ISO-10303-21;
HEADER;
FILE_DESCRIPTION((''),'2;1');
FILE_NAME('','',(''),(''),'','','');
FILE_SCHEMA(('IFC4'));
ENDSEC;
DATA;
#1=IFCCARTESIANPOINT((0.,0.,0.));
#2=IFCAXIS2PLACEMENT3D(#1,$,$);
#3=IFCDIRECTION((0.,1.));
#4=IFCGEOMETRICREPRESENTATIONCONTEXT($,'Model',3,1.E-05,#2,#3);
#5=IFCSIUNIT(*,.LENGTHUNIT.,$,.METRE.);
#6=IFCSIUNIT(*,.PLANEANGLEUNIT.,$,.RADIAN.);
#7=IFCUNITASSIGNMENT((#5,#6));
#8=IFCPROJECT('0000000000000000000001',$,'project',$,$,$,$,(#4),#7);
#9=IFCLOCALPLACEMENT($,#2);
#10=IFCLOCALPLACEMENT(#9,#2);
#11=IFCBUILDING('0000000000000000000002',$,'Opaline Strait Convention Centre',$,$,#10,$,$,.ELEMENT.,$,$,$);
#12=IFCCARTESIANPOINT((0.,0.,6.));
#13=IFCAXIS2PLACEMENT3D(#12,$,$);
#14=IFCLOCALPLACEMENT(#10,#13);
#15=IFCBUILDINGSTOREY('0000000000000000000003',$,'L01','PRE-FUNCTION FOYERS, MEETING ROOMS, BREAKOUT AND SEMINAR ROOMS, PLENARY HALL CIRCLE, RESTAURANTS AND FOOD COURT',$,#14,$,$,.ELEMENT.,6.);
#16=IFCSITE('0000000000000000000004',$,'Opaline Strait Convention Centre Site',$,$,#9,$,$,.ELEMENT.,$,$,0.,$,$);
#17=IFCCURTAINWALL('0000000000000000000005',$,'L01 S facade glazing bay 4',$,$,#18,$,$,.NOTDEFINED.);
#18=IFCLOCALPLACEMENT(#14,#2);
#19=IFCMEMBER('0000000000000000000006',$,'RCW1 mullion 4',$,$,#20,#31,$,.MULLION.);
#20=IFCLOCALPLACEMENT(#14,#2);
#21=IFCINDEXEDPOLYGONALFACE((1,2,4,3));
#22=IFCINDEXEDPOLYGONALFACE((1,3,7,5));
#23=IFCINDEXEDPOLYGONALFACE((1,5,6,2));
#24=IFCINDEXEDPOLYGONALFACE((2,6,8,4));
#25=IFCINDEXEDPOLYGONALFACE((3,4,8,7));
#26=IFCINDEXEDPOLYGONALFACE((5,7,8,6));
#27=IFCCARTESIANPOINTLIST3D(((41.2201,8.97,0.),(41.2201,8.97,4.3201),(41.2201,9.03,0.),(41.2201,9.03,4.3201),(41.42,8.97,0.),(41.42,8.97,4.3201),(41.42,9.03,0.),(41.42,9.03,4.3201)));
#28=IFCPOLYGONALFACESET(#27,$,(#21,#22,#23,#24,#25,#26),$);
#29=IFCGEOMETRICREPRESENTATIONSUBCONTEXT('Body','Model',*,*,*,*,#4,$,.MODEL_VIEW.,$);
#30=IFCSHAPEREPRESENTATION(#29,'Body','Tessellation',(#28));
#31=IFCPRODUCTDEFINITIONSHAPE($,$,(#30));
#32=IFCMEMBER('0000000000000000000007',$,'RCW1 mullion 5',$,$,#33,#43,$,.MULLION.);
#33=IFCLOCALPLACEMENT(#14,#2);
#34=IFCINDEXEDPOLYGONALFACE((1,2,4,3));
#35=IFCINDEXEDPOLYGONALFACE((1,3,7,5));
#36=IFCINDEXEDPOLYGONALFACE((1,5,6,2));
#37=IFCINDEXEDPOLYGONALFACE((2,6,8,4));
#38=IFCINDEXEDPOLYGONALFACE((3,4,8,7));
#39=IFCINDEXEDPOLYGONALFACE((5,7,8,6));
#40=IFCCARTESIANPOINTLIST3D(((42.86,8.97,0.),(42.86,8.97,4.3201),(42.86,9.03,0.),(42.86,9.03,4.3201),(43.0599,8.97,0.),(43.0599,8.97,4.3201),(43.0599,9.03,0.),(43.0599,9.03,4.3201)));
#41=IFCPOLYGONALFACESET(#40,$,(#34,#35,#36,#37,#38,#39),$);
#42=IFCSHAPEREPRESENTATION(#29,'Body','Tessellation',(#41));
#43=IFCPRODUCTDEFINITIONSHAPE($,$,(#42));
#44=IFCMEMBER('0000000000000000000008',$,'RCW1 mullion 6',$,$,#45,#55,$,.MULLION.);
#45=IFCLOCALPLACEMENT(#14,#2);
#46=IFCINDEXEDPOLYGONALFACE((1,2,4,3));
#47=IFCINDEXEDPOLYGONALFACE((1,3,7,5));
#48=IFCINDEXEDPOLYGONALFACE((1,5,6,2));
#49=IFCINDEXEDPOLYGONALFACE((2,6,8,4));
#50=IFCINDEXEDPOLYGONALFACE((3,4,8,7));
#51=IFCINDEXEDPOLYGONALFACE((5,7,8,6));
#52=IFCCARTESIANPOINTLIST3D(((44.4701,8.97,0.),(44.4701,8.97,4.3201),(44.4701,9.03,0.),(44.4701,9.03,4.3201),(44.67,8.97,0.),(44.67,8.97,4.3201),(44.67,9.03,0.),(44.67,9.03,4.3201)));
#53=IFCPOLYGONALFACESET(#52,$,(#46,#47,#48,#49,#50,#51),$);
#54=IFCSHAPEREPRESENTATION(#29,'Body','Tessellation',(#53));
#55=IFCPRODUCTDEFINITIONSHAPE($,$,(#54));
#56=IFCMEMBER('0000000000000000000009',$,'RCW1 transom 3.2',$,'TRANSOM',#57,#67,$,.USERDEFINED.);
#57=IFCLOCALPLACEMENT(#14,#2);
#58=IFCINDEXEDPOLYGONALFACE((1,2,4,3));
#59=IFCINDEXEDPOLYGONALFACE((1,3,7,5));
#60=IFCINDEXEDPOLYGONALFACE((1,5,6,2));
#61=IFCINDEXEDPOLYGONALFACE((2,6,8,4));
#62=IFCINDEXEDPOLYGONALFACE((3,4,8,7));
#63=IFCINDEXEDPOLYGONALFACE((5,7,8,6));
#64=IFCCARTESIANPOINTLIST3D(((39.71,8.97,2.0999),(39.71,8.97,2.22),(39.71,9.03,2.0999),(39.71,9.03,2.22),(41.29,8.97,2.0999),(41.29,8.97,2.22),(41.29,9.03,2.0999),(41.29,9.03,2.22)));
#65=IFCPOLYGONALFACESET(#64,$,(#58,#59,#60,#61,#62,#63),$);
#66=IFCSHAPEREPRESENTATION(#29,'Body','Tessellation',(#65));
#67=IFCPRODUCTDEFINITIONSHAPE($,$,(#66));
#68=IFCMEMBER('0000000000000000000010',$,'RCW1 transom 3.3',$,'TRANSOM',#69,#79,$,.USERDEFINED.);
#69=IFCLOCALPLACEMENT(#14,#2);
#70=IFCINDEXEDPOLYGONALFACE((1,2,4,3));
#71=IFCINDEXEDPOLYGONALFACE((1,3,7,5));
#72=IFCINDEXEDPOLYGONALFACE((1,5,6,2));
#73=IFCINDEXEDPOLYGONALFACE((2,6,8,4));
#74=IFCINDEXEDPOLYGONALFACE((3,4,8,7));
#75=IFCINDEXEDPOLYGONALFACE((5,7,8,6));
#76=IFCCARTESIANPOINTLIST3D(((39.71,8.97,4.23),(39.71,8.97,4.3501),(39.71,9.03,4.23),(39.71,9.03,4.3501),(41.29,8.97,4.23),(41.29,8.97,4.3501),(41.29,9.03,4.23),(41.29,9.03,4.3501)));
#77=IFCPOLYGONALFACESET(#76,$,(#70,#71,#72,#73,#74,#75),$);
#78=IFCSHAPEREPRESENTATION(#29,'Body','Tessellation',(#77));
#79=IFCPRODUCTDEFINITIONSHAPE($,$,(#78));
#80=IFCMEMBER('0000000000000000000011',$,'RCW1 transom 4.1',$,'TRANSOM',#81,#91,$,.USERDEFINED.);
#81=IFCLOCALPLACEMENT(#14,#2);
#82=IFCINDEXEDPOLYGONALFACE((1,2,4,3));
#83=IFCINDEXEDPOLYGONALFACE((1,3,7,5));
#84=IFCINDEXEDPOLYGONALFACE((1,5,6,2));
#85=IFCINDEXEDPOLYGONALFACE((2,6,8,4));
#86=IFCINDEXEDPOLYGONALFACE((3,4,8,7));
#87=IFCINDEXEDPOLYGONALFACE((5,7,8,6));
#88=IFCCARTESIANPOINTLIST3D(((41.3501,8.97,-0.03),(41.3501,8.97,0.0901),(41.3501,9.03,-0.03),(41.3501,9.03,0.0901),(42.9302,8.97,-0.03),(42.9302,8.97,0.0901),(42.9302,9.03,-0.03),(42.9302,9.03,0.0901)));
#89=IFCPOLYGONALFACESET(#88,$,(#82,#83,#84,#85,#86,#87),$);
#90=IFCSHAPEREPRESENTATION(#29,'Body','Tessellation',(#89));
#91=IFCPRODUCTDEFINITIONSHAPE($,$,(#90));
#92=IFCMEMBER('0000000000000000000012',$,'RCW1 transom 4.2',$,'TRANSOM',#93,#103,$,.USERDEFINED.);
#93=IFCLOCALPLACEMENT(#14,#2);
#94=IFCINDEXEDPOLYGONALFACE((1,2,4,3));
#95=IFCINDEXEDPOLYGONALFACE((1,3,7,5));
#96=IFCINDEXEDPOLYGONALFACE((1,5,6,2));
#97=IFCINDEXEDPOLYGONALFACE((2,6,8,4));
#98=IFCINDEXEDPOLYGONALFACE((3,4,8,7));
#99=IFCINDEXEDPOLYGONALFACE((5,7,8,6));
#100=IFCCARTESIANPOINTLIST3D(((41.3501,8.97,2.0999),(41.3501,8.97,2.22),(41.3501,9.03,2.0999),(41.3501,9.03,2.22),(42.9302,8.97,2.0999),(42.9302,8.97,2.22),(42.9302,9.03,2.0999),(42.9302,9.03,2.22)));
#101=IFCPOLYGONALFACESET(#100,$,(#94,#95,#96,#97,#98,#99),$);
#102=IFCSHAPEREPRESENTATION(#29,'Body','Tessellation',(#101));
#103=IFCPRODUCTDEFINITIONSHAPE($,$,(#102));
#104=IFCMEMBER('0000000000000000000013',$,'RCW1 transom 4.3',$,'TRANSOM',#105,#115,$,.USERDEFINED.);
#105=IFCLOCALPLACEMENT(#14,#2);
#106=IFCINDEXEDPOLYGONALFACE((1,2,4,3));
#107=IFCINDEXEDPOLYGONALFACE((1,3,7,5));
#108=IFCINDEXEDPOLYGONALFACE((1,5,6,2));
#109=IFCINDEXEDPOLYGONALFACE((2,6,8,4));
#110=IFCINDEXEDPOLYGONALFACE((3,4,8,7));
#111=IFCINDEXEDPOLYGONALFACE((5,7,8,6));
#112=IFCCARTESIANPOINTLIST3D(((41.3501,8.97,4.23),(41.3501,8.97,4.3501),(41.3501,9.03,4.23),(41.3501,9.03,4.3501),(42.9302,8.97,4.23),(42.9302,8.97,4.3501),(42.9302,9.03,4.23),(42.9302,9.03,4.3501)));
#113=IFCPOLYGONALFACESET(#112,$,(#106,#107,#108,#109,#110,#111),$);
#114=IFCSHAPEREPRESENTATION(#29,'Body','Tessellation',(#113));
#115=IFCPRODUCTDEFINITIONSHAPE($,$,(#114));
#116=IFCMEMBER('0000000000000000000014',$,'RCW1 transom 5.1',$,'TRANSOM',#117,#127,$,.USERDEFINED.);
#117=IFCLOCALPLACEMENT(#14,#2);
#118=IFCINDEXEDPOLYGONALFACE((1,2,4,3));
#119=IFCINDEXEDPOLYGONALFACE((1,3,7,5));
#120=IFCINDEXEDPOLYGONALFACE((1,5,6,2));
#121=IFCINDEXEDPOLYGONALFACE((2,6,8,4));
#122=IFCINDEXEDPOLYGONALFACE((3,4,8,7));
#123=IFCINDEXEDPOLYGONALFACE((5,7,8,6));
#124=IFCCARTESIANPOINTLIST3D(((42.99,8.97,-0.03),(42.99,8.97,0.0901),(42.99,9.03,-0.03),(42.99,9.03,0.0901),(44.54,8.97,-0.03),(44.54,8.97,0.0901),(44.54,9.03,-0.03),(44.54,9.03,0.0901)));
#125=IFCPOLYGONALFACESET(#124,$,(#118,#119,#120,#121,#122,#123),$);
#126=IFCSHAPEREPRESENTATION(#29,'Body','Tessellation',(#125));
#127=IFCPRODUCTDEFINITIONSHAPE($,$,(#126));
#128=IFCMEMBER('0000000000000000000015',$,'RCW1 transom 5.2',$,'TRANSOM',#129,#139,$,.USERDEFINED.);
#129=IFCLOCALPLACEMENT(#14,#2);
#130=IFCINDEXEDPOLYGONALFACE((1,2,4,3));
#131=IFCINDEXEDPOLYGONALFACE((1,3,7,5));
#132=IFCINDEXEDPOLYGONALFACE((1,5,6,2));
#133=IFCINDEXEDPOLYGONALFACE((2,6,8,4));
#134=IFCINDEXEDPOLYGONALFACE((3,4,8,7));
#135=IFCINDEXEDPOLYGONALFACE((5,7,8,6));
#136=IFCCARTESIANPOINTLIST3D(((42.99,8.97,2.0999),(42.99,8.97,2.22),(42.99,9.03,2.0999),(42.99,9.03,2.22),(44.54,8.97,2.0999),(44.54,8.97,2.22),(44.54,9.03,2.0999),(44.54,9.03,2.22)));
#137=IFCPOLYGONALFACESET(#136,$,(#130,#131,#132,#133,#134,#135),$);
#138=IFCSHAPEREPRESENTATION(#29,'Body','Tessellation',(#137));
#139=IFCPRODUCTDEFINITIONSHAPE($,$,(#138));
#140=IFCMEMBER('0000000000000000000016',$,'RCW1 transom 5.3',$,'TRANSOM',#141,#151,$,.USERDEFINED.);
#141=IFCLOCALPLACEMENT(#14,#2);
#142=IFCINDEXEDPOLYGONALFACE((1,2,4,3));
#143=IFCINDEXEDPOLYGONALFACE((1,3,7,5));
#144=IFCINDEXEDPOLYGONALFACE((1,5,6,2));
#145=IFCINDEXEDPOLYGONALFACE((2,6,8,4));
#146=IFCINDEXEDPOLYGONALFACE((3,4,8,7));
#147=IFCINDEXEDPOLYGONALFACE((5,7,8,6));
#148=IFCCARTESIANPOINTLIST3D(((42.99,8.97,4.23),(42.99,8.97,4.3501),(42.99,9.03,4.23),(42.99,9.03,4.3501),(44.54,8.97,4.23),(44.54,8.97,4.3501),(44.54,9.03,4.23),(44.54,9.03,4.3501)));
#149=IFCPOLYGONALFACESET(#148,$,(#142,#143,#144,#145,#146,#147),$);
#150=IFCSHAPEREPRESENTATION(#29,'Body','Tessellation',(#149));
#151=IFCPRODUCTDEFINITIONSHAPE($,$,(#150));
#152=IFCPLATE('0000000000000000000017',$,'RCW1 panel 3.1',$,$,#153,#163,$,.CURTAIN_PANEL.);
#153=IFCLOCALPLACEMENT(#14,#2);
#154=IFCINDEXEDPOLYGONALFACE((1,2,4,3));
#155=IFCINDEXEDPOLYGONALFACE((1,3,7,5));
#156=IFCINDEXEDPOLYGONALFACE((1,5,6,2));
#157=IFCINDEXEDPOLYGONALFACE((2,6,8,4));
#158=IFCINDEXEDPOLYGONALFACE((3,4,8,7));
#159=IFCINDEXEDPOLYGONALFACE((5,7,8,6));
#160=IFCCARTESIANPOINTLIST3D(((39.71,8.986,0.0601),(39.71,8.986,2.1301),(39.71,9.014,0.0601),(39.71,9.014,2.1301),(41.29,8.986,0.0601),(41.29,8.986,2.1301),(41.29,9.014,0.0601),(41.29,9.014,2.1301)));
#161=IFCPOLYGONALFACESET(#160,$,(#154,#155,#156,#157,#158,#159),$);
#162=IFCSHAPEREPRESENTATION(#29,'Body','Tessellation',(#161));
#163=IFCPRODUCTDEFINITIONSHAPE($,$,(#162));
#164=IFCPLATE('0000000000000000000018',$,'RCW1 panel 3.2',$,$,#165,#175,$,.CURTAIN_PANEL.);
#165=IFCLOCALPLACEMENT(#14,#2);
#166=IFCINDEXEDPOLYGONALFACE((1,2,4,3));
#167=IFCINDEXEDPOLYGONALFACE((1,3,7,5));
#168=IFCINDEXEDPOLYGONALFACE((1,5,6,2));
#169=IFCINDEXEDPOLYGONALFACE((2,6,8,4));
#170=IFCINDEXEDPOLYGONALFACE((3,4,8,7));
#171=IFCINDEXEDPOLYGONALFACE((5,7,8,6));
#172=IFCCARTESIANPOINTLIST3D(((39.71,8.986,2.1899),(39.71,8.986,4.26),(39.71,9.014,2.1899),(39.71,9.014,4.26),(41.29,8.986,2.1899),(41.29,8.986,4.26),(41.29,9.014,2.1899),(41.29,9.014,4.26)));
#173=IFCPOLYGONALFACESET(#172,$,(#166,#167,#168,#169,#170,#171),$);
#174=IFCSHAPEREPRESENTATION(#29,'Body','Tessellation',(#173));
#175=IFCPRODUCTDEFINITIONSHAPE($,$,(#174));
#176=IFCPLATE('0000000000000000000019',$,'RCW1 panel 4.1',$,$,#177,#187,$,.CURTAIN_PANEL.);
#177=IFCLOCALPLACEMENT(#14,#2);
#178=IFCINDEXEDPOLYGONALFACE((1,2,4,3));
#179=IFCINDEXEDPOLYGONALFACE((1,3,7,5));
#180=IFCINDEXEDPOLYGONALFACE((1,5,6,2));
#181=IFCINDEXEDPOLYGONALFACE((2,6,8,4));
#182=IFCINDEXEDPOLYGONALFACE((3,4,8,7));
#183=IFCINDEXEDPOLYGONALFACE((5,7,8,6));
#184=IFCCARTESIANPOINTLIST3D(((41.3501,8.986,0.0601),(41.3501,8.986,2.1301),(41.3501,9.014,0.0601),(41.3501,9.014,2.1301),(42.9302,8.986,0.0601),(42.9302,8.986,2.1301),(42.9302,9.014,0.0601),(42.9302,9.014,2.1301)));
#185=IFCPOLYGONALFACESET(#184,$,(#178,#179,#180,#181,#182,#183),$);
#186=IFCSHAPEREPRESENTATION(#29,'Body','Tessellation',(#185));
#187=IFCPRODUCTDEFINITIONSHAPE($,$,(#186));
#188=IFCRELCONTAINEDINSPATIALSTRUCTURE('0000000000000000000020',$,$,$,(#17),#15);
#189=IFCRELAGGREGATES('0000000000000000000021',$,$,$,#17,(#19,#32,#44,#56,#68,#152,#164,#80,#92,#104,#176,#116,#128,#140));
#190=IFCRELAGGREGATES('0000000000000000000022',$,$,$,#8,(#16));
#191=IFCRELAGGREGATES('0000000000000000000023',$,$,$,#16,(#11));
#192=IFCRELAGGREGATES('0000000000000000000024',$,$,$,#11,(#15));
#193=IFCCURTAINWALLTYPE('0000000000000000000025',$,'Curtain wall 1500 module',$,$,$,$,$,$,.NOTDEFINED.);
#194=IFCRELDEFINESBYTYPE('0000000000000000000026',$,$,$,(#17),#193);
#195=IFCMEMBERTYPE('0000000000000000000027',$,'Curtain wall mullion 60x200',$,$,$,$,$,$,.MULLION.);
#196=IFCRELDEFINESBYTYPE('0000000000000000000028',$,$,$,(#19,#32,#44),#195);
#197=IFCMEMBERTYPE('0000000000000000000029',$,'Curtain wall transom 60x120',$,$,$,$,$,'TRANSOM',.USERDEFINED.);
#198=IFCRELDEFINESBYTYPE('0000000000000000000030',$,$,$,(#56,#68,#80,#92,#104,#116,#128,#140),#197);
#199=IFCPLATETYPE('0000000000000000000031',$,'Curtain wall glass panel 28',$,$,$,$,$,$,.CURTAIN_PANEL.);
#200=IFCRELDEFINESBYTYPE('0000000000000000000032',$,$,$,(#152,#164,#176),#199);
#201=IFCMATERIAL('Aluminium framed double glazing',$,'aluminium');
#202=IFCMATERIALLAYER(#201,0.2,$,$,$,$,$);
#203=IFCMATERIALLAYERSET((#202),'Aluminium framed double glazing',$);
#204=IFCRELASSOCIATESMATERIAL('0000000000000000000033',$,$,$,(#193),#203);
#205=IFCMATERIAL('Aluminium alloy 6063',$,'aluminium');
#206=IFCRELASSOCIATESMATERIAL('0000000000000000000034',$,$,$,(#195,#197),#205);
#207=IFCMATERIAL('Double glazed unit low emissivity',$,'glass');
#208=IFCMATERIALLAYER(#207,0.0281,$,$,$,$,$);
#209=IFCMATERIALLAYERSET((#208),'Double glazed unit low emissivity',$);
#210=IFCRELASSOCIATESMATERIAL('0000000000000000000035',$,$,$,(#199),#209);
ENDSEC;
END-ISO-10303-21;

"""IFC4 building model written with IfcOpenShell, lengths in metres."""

from ifc_helpers import new_model, si_unit, direction, frame, origin, origin_2d, place, context, subcontext, project, spatial, rectangle, extrude, material, layer, layer_set, material_profile, profile_set, type_object, element, aggregate, save


model = new_model("IFC4")

# Units and contexts
model_context = context("Model", 3, precision=1e-05, world=origin(), true_north=direction((0.0, 1.0)))
body_context = subcontext(model_context, "Body", "Model", "MODEL_VIEW")
ifc_project = project(units=[si_unit("LENGTHUNIT", "METRE"), si_unit("PLANEANGLEUNIT", "RADIAN")], contexts=[model_context])

# Site, building, storey
site_placement = place(None, origin())
site = spatial("IfcSite", under=ifc_project, at=site_placement, Name="Opaline Strait Convention Centre Site", CompositionType="ELEMENT", RefElevation=0.0)
building_placement = place(site_placement, origin())
building = spatial("IfcBuilding", under=site, at=building_placement, Name="Opaline Strait Convention Centre", CompositionType="ELEMENT")
storey_placement = place(building_placement, frame((0.0, 0.0, 6.0)))
storey = spatial("IfcBuildingStorey", under=building, at=storey_placement, Name="L01", Description="PRE-FUNCTION FOYERS, MEETING ROOMS, BREAKOUT AND SEMINAR ROOMS, PLENARY HALL CIRCLE, RESTAURANTS AND FOOD COURT", CompositionType="ELEMENT", Elevation=6.0)

# Curtain wall, members, plates
ifc_material_1 = material(Name="Aluminium framed double glazing", Category="aluminium")
ifc_layer_1 = layer(ifc_material_1, 0.2)
ifc_layer_set_1 = layer_set([ifc_layer_1], Name="Aluminium framed double glazing")
curtain_wall_type = type_object("IfcCurtainWallType", Name="Curtain wall 1500 module", PredefinedType="NOTDEFINED", material=ifc_layer_set_1)
curtain_wall_placement = place(storey_placement, origin())
curtain_wall = element("IfcCurtainWall", 1, at=curtain_wall_placement, inside=storey, type_object=curtain_wall_type, Name="L01 S facade glazing bay 4", PredefinedType="NOTDEFINED")
ifc_material_2 = material(Name="Aluminium alloy 6063", Category="aluminium")
ifc_material_profile_1 = material_profile(ifc_material_2, rectangle(XDim=0.0601, YDim=0.2, at=origin_2d()), Name="Curtain wall mullion 60x200")
ifc_profile_set_1 = profile_set([ifc_material_profile_1], Name="Aluminium alloy 6063")
member_type_1 = type_object("IfcMemberType", Name="Curtain wall mullion 60x200", PredefinedType="MULLION", material=ifc_profile_set_1)
member_1_placement = place(storey_placement, frame((41.3201, 9.0, 0.0), z_axis=(0.0, 0.0, 1.0), x_axis=(0.0, 1.0, 0.0)))
member_1 = element("IfcMember", 2, at=member_1_placement, type_object=member_type_1, Name="RCW1 mullion 4", PredefinedType="MULLION", context=body_context, shape_type="SweptSolid", body=[
    extrude(rectangle(XDim=0.0601, YDim=0.2, at=origin_2d()), origin(), (0.0, 0.0, 1.0), 4.3201),
])
member_2_placement = place(storey_placement, frame((42.96, 9.0, 0.0), z_axis=(0.0, 0.0, 1.0), x_axis=(0.0, 1.0, 0.0)))
member_2 = element("IfcMember", 3, at=member_2_placement, type_object=member_type_1, Name="RCW1 mullion 5", PredefinedType="MULLION", context=body_context, shape_type="SweptSolid", body=[
    extrude(rectangle(XDim=0.0601, YDim=0.2, at=origin_2d()), origin(), (0.0, 0.0, 1.0), 4.3201),
])
member_3_placement = place(storey_placement, frame((44.5701, 9.0, 0.0), z_axis=(0.0, 0.0, 1.0), x_axis=(0.0, 1.0, 0.0)))
member_3 = element("IfcMember", 4, at=member_3_placement, type_object=member_type_1, Name="RCW1 mullion 6", PredefinedType="MULLION", context=body_context, shape_type="SweptSolid", body=[
    extrude(rectangle(XDim=0.0601, YDim=0.2, at=origin_2d()), origin(), (0.0, 0.0, 1.0), 4.3201),
])
ifc_material_profile_2 = material_profile(ifc_material_2, rectangle(XDim=0.0601, YDim=0.1201, at=origin_2d()), Name="Curtain wall transom 60x120")
ifc_profile_set_2 = profile_set([ifc_material_profile_2], Name="Aluminium alloy 6063")
member_type_2 = type_object("IfcMemberType", Name="Curtain wall transom 60x120", ElementType="TRANSOM", PredefinedType="USERDEFINED", material=ifc_profile_set_2)
member_4_placement = place(storey_placement, frame((39.71, 9.0, 2.1599), z_axis=(1.0, 0.0, 0.0), x_axis=(0.0, 1.0, 0.0)))
member_4 = element("IfcMember", 5, at=member_4_placement, type_object=member_type_2, Name="RCW1 transom 3.2", ObjectType="TRANSOM", PredefinedType="USERDEFINED", context=body_context, shape_type="SweptSolid", body=[
    extrude(rectangle(XDim=0.0601, YDim=0.1201, at=origin_2d()), origin(), (0.0, 0.0, 1.0), 1.5801),
])
member_5_placement = place(storey_placement, frame((39.71, 9.0, 4.29), z_axis=(1.0, 0.0, 0.0), x_axis=(0.0, 1.0, 0.0)))
member_5 = element("IfcMember", 6, at=member_5_placement, type_object=member_type_2, Name="RCW1 transom 3.3", ObjectType="TRANSOM", PredefinedType="USERDEFINED", context=body_context, shape_type="SweptSolid", body=[
    extrude(rectangle(XDim=0.0601, YDim=0.1201, at=origin_2d()), origin(), (0.0, 0.0, 1.0), 1.5801),
])
member_6_placement = place(storey_placement, frame((41.3501, 9.0, 0.03), z_axis=(1.0, 0.0, 0.0), x_axis=(0.0, 1.0, 0.0)))
member_6 = element("IfcMember", 7, at=member_6_placement, type_object=member_type_2, Name="RCW1 transom 4.1", ObjectType="TRANSOM", PredefinedType="USERDEFINED", context=body_context, shape_type="SweptSolid", body=[
    extrude(rectangle(XDim=0.0601, YDim=0.1201, at=origin_2d()), origin(), (0.0, 0.0, 1.0), 1.5801),
])
member_7_placement = place(storey_placement, frame((41.3501, 9.0, 2.1599), z_axis=(1.0, 0.0, 0.0), x_axis=(0.0, 1.0, 0.0)))
member_7 = element("IfcMember", 8, at=member_7_placement, type_object=member_type_2, Name="RCW1 transom 4.2", ObjectType="TRANSOM", PredefinedType="USERDEFINED", context=body_context, shape_type="SweptSolid", body=[
    extrude(rectangle(XDim=0.0601, YDim=0.1201, at=origin_2d()), origin(), (0.0, 0.0, 1.0), 1.5801),
])
member_8_placement = place(storey_placement, frame((41.3501, 9.0, 4.29), z_axis=(1.0, 0.0, 0.0), x_axis=(0.0, 1.0, 0.0)))
member_8 = element("IfcMember", 9, at=member_8_placement, type_object=member_type_2, Name="RCW1 transom 4.3", ObjectType="TRANSOM", PredefinedType="USERDEFINED", context=body_context, shape_type="SweptSolid", body=[
    extrude(rectangle(XDim=0.0601, YDim=0.1201, at=origin_2d()), origin(), (0.0, 0.0, 1.0), 1.5801),
])
member_9_placement = place(storey_placement, frame((42.99, 9.0, 0.03), z_axis=(1.0, 0.0, 0.0), x_axis=(0.0, 1.0, 0.0)))
member_9 = element("IfcMember", 10, at=member_9_placement, type_object=member_type_2, Name="RCW1 transom 5.1", ObjectType="TRANSOM", PredefinedType="USERDEFINED", context=body_context, shape_type="SweptSolid", body=[
    extrude(rectangle(XDim=0.0601, YDim=0.1201, at=origin_2d()), origin(), (0.0, 0.0, 1.0), 1.55),
])
member_10_placement = place(storey_placement, frame((42.99, 9.0, 2.1599), z_axis=(1.0, 0.0, 0.0), x_axis=(0.0, 1.0, 0.0)))
member_10 = element("IfcMember", 11, at=member_10_placement, type_object=member_type_2, Name="RCW1 transom 5.2", ObjectType="TRANSOM", PredefinedType="USERDEFINED", context=body_context, shape_type="SweptSolid", body=[
    extrude(rectangle(XDim=0.0601, YDim=0.1201, at=origin_2d()), origin(), (0.0, 0.0, 1.0), 1.55),
])
member_11_placement = place(storey_placement, frame((42.99, 9.0, 4.29), z_axis=(1.0, 0.0, 0.0), x_axis=(0.0, 1.0, 0.0)))
member_11 = element("IfcMember", 12, at=member_11_placement, type_object=member_type_2, Name="RCW1 transom 5.3", ObjectType="TRANSOM", PredefinedType="USERDEFINED", context=body_context, shape_type="SweptSolid", body=[
    extrude(rectangle(XDim=0.0601, YDim=0.1201, at=origin_2d()), origin(), (0.0, 0.0, 1.0), 1.55),
])
ifc_material_3 = material(Name="Double glazed unit low emissivity", Category="glass")
ifc_layer_2 = layer(ifc_material_3, 0.0281)
ifc_layer_set_2 = layer_set([ifc_layer_2], Name="Double glazed unit low emissivity")
plate_type = type_object("IfcPlateType", Name="Curtain wall glass panel 28", PredefinedType="CURTAIN_PANEL", material=ifc_layer_set_2)
plate_1_placement = place(storey_placement, frame((40.5, 9.0, 0.0601), z_axis=(0.0, 0.0, 1.0), x_axis=(1.0, 0.0, 0.0)))
plate_1 = element("IfcPlate", 13, at=plate_1_placement, type_object=plate_type, Name="RCW1 panel 3.1", PredefinedType="CURTAIN_PANEL", context=body_context, shape_type="SweptSolid", body=[
    extrude(rectangle(XDim=1.5801, YDim=0.0281, at=origin_2d()), origin(), (0.0, 0.0, 1.0), 2.0701),
])
plate_2_placement = place(storey_placement, frame((40.5, 9.0, 2.1899), z_axis=(0.0, 0.0, 1.0), x_axis=(1.0, 0.0, 0.0)))
plate_2 = element("IfcPlate", 14, at=plate_2_placement, type_object=plate_type, Name="RCW1 panel 3.2", PredefinedType="CURTAIN_PANEL", context=body_context, shape_type="SweptSolid", body=[
    extrude(rectangle(XDim=1.5801, YDim=0.0281, at=origin_2d()), origin(), (0.0, 0.0, 1.0), 2.0701),
])
plate_3_placement = place(storey_placement, frame((42.1401, 9.0, 0.0601), z_axis=(0.0, 0.0, 1.0), x_axis=(1.0, 0.0, 0.0)))
plate_3 = element("IfcPlate", 15, at=plate_3_placement, type_object=plate_type, Name="RCW1 panel 4.1", PredefinedType="CURTAIN_PANEL", context=body_context, shape_type="SweptSolid", body=[
    extrude(rectangle(XDim=1.5801, YDim=0.0281, at=origin_2d()), origin(), (0.0, 0.0, 1.0), 2.0701),
])
aggregate(curtain_wall, [member_1, member_2, member_3, member_4, member_5, plate_1, plate_2, member_6, member_7, member_8, plate_3, member_9, member_10, member_11])

save(model, "model.ifc")
